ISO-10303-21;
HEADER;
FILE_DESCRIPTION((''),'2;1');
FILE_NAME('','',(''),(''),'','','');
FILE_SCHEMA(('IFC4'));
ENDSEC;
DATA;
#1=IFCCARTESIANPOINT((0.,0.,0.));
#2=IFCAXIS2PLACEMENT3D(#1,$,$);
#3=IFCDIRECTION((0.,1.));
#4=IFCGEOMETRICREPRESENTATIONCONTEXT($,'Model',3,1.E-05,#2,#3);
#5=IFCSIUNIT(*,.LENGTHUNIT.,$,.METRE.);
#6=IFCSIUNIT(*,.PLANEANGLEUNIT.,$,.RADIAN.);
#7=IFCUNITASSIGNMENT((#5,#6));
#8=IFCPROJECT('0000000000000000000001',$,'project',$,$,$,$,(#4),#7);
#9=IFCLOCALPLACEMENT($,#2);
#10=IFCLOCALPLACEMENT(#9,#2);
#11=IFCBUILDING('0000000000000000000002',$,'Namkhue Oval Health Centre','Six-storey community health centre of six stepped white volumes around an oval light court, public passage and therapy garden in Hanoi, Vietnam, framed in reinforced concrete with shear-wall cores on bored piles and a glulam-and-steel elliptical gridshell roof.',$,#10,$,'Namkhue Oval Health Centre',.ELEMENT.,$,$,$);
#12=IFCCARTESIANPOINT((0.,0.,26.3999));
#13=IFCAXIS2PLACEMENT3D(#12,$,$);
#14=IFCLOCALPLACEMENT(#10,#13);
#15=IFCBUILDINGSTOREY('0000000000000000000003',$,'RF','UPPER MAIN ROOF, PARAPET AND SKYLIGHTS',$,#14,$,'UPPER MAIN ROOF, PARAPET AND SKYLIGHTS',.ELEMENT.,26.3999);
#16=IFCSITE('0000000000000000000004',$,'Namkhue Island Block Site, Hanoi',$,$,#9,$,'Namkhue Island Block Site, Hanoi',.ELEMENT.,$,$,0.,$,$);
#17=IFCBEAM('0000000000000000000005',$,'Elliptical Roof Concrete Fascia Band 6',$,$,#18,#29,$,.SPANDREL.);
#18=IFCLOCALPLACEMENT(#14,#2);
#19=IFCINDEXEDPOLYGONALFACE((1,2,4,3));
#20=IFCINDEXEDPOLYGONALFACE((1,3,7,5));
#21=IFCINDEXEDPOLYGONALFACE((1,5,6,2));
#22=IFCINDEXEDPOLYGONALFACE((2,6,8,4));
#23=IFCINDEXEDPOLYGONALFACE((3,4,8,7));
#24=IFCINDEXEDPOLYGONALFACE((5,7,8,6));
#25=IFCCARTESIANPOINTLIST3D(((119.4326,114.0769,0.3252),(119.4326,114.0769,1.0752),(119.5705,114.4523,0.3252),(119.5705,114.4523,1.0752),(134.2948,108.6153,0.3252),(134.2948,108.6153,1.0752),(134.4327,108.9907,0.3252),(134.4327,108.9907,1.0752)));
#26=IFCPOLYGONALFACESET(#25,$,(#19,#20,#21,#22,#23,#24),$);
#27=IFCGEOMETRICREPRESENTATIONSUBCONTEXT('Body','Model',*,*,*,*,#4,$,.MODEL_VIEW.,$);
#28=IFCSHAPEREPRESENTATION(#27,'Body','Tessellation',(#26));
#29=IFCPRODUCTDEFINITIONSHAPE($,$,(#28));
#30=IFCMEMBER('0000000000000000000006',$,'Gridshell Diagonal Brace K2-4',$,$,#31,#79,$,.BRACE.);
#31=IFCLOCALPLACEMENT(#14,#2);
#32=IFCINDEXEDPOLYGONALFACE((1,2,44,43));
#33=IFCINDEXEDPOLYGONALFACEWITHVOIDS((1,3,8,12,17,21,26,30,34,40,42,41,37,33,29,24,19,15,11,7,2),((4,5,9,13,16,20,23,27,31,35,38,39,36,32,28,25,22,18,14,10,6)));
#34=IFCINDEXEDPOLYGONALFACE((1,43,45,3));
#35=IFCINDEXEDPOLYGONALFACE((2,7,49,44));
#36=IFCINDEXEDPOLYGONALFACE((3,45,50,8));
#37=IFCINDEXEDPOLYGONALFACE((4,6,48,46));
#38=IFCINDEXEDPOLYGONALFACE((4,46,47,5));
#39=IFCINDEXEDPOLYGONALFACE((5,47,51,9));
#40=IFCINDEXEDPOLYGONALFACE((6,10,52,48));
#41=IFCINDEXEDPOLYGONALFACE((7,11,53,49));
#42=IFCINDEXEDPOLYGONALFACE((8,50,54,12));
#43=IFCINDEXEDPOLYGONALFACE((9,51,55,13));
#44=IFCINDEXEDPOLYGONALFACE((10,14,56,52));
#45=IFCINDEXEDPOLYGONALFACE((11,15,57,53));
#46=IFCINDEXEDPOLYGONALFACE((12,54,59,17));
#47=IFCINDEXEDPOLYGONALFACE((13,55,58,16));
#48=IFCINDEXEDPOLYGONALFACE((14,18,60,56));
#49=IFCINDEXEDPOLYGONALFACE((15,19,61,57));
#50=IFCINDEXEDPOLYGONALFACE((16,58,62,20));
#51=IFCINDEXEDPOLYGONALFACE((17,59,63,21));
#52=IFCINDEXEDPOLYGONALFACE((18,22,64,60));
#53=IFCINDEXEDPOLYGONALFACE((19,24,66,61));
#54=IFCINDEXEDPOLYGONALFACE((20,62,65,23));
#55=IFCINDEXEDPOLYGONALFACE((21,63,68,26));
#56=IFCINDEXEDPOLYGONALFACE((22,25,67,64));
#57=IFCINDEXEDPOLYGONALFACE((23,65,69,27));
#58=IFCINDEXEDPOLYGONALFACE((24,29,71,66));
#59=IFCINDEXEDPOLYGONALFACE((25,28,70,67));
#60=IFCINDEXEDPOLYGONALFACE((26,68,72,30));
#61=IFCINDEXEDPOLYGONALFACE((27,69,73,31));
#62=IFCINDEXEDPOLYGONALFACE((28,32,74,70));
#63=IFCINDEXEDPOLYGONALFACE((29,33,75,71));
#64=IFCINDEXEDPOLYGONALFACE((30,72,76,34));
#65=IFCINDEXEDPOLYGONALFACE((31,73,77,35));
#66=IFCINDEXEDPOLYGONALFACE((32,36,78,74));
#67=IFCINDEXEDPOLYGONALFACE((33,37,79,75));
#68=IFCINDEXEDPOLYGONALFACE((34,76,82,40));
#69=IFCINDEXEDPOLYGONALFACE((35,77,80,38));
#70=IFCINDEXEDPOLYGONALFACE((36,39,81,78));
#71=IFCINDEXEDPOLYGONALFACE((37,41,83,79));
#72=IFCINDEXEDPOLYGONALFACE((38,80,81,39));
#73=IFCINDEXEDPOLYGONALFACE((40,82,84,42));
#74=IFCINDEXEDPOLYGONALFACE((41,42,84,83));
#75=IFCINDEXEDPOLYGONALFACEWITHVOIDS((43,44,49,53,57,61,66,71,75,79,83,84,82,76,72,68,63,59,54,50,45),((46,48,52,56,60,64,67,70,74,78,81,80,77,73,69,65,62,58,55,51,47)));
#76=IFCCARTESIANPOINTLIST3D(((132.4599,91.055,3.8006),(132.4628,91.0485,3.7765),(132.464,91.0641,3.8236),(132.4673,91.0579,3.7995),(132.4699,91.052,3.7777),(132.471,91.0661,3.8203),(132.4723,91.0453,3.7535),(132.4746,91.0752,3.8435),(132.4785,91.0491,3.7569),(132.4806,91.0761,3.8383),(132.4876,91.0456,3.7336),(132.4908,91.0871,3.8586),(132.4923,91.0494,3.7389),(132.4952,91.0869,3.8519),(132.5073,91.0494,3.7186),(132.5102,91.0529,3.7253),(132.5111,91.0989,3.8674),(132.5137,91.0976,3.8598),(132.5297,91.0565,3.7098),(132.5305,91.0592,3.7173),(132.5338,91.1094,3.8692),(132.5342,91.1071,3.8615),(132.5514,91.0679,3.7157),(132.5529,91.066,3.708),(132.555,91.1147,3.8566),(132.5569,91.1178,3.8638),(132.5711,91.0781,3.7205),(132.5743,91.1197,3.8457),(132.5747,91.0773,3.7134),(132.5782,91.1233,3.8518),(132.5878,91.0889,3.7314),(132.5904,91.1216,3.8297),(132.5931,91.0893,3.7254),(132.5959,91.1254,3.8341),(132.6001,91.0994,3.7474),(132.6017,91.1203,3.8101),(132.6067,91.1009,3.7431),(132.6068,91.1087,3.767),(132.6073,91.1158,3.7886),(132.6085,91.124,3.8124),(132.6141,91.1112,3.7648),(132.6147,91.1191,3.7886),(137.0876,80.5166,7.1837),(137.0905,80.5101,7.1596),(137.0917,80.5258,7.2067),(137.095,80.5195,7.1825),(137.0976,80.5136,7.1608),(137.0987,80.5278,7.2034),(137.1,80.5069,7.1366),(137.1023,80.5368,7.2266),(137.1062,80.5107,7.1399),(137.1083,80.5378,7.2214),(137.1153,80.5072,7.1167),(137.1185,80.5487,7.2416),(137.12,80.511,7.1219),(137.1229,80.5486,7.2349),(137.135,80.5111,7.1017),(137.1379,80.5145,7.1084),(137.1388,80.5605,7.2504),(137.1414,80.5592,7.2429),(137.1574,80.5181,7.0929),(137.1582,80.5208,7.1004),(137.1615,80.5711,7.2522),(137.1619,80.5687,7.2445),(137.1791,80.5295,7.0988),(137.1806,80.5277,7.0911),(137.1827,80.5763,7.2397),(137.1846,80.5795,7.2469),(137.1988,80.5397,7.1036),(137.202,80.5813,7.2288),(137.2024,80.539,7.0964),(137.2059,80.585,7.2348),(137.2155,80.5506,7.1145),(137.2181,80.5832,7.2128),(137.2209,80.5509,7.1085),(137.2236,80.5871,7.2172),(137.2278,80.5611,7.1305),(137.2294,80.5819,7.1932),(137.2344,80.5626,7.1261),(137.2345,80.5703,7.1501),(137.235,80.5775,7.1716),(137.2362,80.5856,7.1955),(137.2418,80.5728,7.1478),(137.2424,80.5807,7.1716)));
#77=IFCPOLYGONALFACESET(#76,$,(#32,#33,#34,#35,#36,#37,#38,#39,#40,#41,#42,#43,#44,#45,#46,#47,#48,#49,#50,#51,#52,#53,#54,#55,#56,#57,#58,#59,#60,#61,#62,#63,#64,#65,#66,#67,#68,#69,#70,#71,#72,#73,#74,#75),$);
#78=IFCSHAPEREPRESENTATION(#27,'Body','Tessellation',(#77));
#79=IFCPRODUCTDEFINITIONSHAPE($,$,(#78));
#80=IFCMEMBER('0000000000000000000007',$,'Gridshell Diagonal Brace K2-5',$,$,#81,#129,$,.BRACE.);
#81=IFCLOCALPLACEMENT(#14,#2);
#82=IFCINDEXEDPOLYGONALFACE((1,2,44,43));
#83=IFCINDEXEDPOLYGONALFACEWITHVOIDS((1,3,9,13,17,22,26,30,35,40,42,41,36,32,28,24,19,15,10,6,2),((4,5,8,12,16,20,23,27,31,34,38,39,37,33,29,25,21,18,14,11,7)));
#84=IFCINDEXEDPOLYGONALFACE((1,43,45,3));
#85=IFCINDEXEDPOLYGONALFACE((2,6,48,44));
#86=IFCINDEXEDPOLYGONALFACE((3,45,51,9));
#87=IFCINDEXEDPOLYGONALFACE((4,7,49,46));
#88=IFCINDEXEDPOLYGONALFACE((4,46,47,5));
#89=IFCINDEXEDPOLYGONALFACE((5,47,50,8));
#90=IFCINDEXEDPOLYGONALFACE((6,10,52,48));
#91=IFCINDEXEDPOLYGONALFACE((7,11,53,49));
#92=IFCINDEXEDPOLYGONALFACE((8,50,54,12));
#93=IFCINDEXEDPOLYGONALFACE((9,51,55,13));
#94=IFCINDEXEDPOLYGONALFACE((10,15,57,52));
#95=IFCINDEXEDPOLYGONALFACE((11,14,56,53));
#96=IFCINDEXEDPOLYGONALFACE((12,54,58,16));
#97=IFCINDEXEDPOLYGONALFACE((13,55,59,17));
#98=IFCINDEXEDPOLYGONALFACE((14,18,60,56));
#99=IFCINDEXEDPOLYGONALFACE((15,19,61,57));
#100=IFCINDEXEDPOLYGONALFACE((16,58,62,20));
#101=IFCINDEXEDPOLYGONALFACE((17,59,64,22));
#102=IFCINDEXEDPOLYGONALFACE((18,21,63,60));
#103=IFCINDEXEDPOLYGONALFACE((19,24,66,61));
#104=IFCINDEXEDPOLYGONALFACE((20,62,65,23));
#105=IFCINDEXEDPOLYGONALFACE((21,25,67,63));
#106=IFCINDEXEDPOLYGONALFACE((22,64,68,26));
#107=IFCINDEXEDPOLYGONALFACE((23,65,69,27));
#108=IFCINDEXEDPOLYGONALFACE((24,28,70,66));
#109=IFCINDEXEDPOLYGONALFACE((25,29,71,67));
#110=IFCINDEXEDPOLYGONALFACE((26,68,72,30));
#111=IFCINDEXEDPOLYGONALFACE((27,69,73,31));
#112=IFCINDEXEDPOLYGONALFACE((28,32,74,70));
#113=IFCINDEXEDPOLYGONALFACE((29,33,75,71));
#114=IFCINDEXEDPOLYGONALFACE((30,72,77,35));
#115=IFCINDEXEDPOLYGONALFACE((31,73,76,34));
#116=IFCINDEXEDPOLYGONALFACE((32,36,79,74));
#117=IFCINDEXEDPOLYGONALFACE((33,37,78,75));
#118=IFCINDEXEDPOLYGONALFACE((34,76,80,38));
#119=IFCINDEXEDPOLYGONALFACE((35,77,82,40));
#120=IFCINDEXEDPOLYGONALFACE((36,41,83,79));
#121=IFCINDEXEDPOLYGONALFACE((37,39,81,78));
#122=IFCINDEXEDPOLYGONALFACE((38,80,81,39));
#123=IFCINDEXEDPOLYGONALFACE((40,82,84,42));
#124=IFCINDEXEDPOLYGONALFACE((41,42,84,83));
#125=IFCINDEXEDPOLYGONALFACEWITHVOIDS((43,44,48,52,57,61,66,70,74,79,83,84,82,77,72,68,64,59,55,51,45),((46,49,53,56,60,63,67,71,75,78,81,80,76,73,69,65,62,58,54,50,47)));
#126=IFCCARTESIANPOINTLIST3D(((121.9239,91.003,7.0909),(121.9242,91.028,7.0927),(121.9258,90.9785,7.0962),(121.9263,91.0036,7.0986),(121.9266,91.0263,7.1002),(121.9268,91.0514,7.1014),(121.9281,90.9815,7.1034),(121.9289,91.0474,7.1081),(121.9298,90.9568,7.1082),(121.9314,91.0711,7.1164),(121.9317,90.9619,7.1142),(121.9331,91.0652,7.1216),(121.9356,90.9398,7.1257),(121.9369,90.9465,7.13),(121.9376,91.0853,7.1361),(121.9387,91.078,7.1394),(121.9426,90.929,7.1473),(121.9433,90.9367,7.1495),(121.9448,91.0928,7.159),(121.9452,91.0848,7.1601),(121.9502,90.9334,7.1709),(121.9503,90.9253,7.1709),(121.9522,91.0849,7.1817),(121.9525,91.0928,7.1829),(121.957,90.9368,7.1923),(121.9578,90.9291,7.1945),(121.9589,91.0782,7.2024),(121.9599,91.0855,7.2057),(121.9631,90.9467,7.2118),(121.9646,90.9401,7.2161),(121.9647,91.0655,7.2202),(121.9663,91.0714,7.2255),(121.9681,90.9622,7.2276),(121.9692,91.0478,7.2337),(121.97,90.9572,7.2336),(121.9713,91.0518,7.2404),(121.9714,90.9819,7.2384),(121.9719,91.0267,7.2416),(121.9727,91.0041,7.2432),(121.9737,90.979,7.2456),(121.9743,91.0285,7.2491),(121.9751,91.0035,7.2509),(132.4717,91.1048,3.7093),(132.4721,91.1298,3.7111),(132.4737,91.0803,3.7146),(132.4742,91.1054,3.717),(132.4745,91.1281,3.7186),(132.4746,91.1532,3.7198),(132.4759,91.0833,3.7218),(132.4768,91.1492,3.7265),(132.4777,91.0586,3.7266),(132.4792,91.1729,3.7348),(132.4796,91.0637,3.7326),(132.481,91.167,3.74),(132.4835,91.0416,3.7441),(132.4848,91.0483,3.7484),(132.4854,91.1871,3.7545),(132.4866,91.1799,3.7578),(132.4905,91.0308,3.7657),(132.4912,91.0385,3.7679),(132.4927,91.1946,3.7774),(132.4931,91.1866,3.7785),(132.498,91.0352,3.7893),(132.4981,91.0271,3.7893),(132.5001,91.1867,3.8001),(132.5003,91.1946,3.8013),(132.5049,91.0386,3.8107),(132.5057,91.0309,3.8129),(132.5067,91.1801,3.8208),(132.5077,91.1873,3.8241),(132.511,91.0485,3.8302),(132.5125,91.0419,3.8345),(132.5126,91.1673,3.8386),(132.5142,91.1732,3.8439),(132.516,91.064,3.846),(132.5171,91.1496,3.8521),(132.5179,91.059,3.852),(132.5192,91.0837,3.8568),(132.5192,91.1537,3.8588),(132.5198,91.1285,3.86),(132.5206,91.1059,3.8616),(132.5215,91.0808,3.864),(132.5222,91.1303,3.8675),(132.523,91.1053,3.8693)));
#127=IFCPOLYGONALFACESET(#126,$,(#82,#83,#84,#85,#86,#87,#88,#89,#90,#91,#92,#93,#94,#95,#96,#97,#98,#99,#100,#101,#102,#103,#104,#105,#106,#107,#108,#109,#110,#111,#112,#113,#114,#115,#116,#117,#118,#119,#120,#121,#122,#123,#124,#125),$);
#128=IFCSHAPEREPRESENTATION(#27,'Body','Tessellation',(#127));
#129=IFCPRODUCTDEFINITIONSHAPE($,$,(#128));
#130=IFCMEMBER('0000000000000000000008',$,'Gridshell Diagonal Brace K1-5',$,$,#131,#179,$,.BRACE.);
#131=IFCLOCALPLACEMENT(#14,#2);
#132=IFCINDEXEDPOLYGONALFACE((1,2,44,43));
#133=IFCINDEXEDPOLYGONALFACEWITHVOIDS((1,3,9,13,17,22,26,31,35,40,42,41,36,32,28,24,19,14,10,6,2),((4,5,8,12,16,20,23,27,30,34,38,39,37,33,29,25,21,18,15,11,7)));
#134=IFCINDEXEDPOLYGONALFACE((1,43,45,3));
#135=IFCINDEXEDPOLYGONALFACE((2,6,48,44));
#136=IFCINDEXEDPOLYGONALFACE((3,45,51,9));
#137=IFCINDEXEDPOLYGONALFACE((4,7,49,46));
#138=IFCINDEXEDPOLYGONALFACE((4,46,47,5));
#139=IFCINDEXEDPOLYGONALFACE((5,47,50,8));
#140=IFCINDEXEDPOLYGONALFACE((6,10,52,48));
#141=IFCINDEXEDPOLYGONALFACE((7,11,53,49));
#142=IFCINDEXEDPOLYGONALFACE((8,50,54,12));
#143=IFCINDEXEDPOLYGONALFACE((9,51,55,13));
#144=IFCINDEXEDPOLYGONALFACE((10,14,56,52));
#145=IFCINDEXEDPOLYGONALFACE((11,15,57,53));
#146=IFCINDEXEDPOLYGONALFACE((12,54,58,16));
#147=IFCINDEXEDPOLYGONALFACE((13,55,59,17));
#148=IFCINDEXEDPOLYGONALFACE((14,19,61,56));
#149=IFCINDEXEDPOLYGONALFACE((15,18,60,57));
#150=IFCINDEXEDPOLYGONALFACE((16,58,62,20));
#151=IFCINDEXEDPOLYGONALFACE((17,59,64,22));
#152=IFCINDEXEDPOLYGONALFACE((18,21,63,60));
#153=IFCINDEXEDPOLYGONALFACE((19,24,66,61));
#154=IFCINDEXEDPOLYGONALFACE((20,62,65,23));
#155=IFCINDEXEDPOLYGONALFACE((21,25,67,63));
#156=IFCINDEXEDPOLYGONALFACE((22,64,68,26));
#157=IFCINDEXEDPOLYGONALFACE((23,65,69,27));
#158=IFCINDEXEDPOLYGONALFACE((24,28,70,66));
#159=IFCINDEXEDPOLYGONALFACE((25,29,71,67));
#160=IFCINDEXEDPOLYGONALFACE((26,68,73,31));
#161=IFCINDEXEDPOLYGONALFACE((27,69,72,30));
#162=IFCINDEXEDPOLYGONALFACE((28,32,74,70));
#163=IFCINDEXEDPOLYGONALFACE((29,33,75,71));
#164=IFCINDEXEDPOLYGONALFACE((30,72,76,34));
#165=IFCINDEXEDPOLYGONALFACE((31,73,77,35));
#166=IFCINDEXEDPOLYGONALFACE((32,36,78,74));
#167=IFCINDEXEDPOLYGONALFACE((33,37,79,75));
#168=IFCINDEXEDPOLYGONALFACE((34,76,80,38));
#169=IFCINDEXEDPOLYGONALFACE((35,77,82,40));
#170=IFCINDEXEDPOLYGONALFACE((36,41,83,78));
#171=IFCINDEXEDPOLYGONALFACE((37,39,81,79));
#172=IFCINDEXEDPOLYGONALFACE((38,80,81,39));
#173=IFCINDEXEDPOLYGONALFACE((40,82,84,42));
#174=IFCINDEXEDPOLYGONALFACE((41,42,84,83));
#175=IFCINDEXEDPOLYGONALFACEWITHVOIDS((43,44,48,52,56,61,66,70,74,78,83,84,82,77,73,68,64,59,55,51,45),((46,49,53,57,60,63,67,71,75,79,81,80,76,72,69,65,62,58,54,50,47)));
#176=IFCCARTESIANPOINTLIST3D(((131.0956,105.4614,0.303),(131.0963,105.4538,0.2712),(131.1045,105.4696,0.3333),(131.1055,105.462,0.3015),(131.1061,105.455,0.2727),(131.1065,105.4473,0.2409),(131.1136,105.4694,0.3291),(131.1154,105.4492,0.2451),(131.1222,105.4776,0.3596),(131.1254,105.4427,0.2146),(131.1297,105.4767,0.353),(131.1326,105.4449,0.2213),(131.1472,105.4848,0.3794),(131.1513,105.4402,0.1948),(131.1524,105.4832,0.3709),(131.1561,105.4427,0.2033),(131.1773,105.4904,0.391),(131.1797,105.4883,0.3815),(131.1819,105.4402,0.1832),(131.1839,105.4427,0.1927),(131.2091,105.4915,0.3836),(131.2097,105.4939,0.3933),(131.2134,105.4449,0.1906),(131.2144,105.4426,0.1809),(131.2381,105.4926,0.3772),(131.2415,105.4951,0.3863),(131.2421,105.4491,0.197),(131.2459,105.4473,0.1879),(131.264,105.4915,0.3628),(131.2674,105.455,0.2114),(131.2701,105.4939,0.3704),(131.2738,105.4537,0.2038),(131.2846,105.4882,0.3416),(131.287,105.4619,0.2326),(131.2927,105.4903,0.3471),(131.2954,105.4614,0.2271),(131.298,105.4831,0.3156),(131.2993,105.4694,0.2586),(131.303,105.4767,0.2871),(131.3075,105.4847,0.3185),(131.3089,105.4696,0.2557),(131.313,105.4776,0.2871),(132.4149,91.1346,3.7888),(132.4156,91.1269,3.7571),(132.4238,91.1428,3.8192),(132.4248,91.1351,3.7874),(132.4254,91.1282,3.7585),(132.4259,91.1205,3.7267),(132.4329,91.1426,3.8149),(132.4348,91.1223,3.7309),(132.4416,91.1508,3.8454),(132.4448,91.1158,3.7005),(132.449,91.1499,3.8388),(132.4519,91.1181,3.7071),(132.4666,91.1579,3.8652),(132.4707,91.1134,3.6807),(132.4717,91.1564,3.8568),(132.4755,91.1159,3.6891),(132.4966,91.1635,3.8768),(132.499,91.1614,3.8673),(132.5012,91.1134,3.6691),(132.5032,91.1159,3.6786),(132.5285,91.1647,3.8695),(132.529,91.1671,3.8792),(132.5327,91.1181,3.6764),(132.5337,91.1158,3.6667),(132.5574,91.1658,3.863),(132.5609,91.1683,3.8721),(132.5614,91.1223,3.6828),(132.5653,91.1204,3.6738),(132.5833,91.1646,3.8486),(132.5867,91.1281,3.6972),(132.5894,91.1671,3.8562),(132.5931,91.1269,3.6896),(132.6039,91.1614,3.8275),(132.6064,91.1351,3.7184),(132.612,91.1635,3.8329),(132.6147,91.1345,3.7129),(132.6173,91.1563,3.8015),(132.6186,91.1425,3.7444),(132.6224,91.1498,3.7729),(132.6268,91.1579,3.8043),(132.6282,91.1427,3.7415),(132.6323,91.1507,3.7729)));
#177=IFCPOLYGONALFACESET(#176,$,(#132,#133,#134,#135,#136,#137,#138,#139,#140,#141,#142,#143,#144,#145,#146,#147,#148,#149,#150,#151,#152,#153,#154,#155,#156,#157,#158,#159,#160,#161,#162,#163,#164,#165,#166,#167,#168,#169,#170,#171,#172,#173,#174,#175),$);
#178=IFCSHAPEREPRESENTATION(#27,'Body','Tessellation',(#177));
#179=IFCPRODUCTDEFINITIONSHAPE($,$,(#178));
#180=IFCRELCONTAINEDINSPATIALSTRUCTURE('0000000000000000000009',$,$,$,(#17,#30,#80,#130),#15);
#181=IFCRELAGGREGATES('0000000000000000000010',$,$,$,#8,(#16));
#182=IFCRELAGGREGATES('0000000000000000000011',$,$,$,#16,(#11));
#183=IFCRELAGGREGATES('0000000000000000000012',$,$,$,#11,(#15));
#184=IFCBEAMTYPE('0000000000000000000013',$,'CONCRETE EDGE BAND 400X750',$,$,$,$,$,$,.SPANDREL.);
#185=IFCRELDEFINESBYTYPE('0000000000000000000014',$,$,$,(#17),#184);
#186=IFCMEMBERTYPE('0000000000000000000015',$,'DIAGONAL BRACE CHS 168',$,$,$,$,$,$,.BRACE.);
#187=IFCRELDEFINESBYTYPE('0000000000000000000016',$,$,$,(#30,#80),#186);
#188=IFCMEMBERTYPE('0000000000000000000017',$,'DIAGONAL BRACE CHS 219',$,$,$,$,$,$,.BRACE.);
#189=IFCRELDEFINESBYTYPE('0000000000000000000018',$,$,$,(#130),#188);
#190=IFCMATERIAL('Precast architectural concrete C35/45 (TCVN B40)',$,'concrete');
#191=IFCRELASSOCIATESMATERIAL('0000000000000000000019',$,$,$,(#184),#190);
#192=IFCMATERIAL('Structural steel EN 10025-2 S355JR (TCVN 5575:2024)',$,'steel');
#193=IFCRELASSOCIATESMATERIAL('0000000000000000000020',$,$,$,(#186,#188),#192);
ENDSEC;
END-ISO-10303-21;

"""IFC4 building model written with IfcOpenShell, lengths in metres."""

from ifc_helpers import new_model, si_unit, direction, frame, origin, origin_2d, place, context, subcontext, project, spatial, rectangle, hollow_circle, extrude, material, material_profile, profile_set, type_object, element, save


model = new_model("IFC4")

# Units and contexts
model_context = context("Model", 3, precision=1e-05, world=origin(), true_north=direction((0.0, 1.0)))
body_context = subcontext(model_context, "Body", "Model", "MODEL_VIEW")
ifc_project = project(units=[si_unit("LENGTHUNIT", "METRE"), si_unit("PLANEANGLEUNIT", "RADIAN")], contexts=[model_context])

# Site, building, storey
site_placement = place(None, origin())
site = spatial("IfcSite", under=ifc_project, at=site_placement, Name="Namkhue Island Block Site, Hanoi", LongName="Namkhue Island Block Site, Hanoi", CompositionType="ELEMENT", RefElevation=0.0)
building_placement = place(site_placement, origin())
building = spatial("IfcBuilding", under=site, at=building_placement, Name="Namkhue Oval Health Centre", Description="Six-storey community health centre of six stepped white volumes around an oval light court, public passage and therapy garden in Hanoi, Vietnam, framed in reinforced concrete with shear-wall cores on bored piles and a glulam-and-steel elliptical gridshell roof.", LongName="Namkhue Oval Health Centre", CompositionType="ELEMENT")
storey_placement = place(building_placement, frame((0.0, 0.0, 26.3999)))
storey = spatial("IfcBuildingStorey", under=building, at=storey_placement, Name="RF", Description="UPPER MAIN ROOF, PARAPET AND SKYLIGHTS", LongName="UPPER MAIN ROOF, PARAPET AND SKYLIGHTS", CompositionType="ELEMENT", Elevation=26.3999)

# Beam
ifc_material_1 = material(Name="Precast architectural concrete C35/45 (TCVN B40)", Category="concrete")
ifc_material_profile_1 = material_profile(ifc_material_1, rectangle(XDim=0.3999, YDim=0.75, at=origin_2d()), Name="RC 400x750")
ifc_profile_set_1 = profile_set([ifc_material_profile_1], Name="Precast architectural concrete C35/45 (TCVN B40)")
beam_type = type_object("IfcBeamType", Name="CONCRETE EDGE BAND 400X750", PredefinedType="SPANDREL", material=ifc_profile_set_1)
beam_placement = place(storey_placement, frame((134.3638, 108.803, 0.7002), z_axis=(-0.938628, 0.344931, 0.0), x_axis=(-0.344931, -0.938628, 0.0)))
element("IfcBeam", 1, at=beam_placement, inside=storey, type_object=beam_type, Name="Elliptical Roof Concrete Fascia Band 6", PredefinedType="SPANDREL", context=body_context, shape_type="SweptSolid", body=[
    extrude(rectangle(XDim=0.3999, YDim=0.75, at=origin_2d()), origin(), (0.0, 0.0, 1.0), 15.834),
])

# Members
ifc_material_2 = material(Name="Structural steel EN 10025-2 S355JR (TCVN 5575:2024)", Category="steel")
ifc_material_profile_2 = material_profile(ifc_material_2, hollow_circle(Radius=0.0842, WallThickness=0.0081, at=origin_2d()), Name="CHS 168.3x8")
ifc_profile_set_2 = profile_set([ifc_material_profile_2], Name="Structural steel EN 10025-2 S355JR (TCVN 5575:2024)")
member_type_1 = type_object("IfcMemberType", Name="DIAGONAL BRACE CHS 168", PredefinedType="BRACE", material=ifc_profile_set_2)
member_1_placement = place(storey_placement, frame((132.5376, 91.0852, 3.7886), z_axis=(0.385752, -0.878448, 0.282003), x_axis=(0.915609, 0.40207, 0.0)))
element("IfcMember", 2, at=member_1_placement, inside=storey, type_object=member_type_1, Name="Gridshell Diagonal Brace K2-4", PredefinedType="BRACE", context=body_context, shape_type="SweptSolid", body=[
    extrude(hollow_circle(Radius=0.0842, WallThickness=0.0081, at=origin_2d()), origin(), (0.0, 0.0, 1.0), 11.9966),
])
member_2_placement = place(storey_placement, frame((132.4973, 91.1113, 3.7893), z_axis=(-0.952219, -0.009191, 0.305277), x_axis=(0.009651, -0.999953, 0.0)))
element("IfcMember", 3, at=member_2_placement, inside=storey, type_object=member_type_1, Name="Gridshell Diagonal Brace K2-5", PredefinedType="BRACE", context=body_context, shape_type="SweptSolid", body=[
    extrude(hollow_circle(Radius=0.0842, WallThickness=0.0081, at=origin_2d()), origin(), (0.0, 0.0, 1.0), 11.0771),
])
ifc_material_profile_3 = material_profile(ifc_material_2, hollow_circle(Radius=0.1096, WallThickness=0.01, at=origin_2d()), Name="CHS 219.1x10")
ifc_profile_set_3 = profile_set([ifc_material_profile_3], Name="Structural steel EN 10025-2 S355JR (TCVN 5575:2024)")
member_type_2 = type_object("IfcMemberType", Name="DIAGONAL BRACE CHS 219", PredefinedType="BRACE", material=ifc_profile_set_3)
member_3_placement = place(storey_placement, frame((131.2039, 105.4675, 0.2871), z_axis=(0.089122, -0.967787, 0.23547), x_axis=(0.995787, 0.0917, 0.0)))
element("IfcMember", 4, at=member_3_placement, inside=storey, type_object=member_type_2, Name="Gridshell Diagonal Brace K1-5", PredefinedType="BRACE", context=body_context, shape_type="SweptSolid", body=[
    extrude(hollow_circle(Radius=0.1096, WallThickness=0.01, at=origin_2d()), origin(), (0.0, 0.0, 1.0), 14.8037),
])

save(model, "model.ifc")
